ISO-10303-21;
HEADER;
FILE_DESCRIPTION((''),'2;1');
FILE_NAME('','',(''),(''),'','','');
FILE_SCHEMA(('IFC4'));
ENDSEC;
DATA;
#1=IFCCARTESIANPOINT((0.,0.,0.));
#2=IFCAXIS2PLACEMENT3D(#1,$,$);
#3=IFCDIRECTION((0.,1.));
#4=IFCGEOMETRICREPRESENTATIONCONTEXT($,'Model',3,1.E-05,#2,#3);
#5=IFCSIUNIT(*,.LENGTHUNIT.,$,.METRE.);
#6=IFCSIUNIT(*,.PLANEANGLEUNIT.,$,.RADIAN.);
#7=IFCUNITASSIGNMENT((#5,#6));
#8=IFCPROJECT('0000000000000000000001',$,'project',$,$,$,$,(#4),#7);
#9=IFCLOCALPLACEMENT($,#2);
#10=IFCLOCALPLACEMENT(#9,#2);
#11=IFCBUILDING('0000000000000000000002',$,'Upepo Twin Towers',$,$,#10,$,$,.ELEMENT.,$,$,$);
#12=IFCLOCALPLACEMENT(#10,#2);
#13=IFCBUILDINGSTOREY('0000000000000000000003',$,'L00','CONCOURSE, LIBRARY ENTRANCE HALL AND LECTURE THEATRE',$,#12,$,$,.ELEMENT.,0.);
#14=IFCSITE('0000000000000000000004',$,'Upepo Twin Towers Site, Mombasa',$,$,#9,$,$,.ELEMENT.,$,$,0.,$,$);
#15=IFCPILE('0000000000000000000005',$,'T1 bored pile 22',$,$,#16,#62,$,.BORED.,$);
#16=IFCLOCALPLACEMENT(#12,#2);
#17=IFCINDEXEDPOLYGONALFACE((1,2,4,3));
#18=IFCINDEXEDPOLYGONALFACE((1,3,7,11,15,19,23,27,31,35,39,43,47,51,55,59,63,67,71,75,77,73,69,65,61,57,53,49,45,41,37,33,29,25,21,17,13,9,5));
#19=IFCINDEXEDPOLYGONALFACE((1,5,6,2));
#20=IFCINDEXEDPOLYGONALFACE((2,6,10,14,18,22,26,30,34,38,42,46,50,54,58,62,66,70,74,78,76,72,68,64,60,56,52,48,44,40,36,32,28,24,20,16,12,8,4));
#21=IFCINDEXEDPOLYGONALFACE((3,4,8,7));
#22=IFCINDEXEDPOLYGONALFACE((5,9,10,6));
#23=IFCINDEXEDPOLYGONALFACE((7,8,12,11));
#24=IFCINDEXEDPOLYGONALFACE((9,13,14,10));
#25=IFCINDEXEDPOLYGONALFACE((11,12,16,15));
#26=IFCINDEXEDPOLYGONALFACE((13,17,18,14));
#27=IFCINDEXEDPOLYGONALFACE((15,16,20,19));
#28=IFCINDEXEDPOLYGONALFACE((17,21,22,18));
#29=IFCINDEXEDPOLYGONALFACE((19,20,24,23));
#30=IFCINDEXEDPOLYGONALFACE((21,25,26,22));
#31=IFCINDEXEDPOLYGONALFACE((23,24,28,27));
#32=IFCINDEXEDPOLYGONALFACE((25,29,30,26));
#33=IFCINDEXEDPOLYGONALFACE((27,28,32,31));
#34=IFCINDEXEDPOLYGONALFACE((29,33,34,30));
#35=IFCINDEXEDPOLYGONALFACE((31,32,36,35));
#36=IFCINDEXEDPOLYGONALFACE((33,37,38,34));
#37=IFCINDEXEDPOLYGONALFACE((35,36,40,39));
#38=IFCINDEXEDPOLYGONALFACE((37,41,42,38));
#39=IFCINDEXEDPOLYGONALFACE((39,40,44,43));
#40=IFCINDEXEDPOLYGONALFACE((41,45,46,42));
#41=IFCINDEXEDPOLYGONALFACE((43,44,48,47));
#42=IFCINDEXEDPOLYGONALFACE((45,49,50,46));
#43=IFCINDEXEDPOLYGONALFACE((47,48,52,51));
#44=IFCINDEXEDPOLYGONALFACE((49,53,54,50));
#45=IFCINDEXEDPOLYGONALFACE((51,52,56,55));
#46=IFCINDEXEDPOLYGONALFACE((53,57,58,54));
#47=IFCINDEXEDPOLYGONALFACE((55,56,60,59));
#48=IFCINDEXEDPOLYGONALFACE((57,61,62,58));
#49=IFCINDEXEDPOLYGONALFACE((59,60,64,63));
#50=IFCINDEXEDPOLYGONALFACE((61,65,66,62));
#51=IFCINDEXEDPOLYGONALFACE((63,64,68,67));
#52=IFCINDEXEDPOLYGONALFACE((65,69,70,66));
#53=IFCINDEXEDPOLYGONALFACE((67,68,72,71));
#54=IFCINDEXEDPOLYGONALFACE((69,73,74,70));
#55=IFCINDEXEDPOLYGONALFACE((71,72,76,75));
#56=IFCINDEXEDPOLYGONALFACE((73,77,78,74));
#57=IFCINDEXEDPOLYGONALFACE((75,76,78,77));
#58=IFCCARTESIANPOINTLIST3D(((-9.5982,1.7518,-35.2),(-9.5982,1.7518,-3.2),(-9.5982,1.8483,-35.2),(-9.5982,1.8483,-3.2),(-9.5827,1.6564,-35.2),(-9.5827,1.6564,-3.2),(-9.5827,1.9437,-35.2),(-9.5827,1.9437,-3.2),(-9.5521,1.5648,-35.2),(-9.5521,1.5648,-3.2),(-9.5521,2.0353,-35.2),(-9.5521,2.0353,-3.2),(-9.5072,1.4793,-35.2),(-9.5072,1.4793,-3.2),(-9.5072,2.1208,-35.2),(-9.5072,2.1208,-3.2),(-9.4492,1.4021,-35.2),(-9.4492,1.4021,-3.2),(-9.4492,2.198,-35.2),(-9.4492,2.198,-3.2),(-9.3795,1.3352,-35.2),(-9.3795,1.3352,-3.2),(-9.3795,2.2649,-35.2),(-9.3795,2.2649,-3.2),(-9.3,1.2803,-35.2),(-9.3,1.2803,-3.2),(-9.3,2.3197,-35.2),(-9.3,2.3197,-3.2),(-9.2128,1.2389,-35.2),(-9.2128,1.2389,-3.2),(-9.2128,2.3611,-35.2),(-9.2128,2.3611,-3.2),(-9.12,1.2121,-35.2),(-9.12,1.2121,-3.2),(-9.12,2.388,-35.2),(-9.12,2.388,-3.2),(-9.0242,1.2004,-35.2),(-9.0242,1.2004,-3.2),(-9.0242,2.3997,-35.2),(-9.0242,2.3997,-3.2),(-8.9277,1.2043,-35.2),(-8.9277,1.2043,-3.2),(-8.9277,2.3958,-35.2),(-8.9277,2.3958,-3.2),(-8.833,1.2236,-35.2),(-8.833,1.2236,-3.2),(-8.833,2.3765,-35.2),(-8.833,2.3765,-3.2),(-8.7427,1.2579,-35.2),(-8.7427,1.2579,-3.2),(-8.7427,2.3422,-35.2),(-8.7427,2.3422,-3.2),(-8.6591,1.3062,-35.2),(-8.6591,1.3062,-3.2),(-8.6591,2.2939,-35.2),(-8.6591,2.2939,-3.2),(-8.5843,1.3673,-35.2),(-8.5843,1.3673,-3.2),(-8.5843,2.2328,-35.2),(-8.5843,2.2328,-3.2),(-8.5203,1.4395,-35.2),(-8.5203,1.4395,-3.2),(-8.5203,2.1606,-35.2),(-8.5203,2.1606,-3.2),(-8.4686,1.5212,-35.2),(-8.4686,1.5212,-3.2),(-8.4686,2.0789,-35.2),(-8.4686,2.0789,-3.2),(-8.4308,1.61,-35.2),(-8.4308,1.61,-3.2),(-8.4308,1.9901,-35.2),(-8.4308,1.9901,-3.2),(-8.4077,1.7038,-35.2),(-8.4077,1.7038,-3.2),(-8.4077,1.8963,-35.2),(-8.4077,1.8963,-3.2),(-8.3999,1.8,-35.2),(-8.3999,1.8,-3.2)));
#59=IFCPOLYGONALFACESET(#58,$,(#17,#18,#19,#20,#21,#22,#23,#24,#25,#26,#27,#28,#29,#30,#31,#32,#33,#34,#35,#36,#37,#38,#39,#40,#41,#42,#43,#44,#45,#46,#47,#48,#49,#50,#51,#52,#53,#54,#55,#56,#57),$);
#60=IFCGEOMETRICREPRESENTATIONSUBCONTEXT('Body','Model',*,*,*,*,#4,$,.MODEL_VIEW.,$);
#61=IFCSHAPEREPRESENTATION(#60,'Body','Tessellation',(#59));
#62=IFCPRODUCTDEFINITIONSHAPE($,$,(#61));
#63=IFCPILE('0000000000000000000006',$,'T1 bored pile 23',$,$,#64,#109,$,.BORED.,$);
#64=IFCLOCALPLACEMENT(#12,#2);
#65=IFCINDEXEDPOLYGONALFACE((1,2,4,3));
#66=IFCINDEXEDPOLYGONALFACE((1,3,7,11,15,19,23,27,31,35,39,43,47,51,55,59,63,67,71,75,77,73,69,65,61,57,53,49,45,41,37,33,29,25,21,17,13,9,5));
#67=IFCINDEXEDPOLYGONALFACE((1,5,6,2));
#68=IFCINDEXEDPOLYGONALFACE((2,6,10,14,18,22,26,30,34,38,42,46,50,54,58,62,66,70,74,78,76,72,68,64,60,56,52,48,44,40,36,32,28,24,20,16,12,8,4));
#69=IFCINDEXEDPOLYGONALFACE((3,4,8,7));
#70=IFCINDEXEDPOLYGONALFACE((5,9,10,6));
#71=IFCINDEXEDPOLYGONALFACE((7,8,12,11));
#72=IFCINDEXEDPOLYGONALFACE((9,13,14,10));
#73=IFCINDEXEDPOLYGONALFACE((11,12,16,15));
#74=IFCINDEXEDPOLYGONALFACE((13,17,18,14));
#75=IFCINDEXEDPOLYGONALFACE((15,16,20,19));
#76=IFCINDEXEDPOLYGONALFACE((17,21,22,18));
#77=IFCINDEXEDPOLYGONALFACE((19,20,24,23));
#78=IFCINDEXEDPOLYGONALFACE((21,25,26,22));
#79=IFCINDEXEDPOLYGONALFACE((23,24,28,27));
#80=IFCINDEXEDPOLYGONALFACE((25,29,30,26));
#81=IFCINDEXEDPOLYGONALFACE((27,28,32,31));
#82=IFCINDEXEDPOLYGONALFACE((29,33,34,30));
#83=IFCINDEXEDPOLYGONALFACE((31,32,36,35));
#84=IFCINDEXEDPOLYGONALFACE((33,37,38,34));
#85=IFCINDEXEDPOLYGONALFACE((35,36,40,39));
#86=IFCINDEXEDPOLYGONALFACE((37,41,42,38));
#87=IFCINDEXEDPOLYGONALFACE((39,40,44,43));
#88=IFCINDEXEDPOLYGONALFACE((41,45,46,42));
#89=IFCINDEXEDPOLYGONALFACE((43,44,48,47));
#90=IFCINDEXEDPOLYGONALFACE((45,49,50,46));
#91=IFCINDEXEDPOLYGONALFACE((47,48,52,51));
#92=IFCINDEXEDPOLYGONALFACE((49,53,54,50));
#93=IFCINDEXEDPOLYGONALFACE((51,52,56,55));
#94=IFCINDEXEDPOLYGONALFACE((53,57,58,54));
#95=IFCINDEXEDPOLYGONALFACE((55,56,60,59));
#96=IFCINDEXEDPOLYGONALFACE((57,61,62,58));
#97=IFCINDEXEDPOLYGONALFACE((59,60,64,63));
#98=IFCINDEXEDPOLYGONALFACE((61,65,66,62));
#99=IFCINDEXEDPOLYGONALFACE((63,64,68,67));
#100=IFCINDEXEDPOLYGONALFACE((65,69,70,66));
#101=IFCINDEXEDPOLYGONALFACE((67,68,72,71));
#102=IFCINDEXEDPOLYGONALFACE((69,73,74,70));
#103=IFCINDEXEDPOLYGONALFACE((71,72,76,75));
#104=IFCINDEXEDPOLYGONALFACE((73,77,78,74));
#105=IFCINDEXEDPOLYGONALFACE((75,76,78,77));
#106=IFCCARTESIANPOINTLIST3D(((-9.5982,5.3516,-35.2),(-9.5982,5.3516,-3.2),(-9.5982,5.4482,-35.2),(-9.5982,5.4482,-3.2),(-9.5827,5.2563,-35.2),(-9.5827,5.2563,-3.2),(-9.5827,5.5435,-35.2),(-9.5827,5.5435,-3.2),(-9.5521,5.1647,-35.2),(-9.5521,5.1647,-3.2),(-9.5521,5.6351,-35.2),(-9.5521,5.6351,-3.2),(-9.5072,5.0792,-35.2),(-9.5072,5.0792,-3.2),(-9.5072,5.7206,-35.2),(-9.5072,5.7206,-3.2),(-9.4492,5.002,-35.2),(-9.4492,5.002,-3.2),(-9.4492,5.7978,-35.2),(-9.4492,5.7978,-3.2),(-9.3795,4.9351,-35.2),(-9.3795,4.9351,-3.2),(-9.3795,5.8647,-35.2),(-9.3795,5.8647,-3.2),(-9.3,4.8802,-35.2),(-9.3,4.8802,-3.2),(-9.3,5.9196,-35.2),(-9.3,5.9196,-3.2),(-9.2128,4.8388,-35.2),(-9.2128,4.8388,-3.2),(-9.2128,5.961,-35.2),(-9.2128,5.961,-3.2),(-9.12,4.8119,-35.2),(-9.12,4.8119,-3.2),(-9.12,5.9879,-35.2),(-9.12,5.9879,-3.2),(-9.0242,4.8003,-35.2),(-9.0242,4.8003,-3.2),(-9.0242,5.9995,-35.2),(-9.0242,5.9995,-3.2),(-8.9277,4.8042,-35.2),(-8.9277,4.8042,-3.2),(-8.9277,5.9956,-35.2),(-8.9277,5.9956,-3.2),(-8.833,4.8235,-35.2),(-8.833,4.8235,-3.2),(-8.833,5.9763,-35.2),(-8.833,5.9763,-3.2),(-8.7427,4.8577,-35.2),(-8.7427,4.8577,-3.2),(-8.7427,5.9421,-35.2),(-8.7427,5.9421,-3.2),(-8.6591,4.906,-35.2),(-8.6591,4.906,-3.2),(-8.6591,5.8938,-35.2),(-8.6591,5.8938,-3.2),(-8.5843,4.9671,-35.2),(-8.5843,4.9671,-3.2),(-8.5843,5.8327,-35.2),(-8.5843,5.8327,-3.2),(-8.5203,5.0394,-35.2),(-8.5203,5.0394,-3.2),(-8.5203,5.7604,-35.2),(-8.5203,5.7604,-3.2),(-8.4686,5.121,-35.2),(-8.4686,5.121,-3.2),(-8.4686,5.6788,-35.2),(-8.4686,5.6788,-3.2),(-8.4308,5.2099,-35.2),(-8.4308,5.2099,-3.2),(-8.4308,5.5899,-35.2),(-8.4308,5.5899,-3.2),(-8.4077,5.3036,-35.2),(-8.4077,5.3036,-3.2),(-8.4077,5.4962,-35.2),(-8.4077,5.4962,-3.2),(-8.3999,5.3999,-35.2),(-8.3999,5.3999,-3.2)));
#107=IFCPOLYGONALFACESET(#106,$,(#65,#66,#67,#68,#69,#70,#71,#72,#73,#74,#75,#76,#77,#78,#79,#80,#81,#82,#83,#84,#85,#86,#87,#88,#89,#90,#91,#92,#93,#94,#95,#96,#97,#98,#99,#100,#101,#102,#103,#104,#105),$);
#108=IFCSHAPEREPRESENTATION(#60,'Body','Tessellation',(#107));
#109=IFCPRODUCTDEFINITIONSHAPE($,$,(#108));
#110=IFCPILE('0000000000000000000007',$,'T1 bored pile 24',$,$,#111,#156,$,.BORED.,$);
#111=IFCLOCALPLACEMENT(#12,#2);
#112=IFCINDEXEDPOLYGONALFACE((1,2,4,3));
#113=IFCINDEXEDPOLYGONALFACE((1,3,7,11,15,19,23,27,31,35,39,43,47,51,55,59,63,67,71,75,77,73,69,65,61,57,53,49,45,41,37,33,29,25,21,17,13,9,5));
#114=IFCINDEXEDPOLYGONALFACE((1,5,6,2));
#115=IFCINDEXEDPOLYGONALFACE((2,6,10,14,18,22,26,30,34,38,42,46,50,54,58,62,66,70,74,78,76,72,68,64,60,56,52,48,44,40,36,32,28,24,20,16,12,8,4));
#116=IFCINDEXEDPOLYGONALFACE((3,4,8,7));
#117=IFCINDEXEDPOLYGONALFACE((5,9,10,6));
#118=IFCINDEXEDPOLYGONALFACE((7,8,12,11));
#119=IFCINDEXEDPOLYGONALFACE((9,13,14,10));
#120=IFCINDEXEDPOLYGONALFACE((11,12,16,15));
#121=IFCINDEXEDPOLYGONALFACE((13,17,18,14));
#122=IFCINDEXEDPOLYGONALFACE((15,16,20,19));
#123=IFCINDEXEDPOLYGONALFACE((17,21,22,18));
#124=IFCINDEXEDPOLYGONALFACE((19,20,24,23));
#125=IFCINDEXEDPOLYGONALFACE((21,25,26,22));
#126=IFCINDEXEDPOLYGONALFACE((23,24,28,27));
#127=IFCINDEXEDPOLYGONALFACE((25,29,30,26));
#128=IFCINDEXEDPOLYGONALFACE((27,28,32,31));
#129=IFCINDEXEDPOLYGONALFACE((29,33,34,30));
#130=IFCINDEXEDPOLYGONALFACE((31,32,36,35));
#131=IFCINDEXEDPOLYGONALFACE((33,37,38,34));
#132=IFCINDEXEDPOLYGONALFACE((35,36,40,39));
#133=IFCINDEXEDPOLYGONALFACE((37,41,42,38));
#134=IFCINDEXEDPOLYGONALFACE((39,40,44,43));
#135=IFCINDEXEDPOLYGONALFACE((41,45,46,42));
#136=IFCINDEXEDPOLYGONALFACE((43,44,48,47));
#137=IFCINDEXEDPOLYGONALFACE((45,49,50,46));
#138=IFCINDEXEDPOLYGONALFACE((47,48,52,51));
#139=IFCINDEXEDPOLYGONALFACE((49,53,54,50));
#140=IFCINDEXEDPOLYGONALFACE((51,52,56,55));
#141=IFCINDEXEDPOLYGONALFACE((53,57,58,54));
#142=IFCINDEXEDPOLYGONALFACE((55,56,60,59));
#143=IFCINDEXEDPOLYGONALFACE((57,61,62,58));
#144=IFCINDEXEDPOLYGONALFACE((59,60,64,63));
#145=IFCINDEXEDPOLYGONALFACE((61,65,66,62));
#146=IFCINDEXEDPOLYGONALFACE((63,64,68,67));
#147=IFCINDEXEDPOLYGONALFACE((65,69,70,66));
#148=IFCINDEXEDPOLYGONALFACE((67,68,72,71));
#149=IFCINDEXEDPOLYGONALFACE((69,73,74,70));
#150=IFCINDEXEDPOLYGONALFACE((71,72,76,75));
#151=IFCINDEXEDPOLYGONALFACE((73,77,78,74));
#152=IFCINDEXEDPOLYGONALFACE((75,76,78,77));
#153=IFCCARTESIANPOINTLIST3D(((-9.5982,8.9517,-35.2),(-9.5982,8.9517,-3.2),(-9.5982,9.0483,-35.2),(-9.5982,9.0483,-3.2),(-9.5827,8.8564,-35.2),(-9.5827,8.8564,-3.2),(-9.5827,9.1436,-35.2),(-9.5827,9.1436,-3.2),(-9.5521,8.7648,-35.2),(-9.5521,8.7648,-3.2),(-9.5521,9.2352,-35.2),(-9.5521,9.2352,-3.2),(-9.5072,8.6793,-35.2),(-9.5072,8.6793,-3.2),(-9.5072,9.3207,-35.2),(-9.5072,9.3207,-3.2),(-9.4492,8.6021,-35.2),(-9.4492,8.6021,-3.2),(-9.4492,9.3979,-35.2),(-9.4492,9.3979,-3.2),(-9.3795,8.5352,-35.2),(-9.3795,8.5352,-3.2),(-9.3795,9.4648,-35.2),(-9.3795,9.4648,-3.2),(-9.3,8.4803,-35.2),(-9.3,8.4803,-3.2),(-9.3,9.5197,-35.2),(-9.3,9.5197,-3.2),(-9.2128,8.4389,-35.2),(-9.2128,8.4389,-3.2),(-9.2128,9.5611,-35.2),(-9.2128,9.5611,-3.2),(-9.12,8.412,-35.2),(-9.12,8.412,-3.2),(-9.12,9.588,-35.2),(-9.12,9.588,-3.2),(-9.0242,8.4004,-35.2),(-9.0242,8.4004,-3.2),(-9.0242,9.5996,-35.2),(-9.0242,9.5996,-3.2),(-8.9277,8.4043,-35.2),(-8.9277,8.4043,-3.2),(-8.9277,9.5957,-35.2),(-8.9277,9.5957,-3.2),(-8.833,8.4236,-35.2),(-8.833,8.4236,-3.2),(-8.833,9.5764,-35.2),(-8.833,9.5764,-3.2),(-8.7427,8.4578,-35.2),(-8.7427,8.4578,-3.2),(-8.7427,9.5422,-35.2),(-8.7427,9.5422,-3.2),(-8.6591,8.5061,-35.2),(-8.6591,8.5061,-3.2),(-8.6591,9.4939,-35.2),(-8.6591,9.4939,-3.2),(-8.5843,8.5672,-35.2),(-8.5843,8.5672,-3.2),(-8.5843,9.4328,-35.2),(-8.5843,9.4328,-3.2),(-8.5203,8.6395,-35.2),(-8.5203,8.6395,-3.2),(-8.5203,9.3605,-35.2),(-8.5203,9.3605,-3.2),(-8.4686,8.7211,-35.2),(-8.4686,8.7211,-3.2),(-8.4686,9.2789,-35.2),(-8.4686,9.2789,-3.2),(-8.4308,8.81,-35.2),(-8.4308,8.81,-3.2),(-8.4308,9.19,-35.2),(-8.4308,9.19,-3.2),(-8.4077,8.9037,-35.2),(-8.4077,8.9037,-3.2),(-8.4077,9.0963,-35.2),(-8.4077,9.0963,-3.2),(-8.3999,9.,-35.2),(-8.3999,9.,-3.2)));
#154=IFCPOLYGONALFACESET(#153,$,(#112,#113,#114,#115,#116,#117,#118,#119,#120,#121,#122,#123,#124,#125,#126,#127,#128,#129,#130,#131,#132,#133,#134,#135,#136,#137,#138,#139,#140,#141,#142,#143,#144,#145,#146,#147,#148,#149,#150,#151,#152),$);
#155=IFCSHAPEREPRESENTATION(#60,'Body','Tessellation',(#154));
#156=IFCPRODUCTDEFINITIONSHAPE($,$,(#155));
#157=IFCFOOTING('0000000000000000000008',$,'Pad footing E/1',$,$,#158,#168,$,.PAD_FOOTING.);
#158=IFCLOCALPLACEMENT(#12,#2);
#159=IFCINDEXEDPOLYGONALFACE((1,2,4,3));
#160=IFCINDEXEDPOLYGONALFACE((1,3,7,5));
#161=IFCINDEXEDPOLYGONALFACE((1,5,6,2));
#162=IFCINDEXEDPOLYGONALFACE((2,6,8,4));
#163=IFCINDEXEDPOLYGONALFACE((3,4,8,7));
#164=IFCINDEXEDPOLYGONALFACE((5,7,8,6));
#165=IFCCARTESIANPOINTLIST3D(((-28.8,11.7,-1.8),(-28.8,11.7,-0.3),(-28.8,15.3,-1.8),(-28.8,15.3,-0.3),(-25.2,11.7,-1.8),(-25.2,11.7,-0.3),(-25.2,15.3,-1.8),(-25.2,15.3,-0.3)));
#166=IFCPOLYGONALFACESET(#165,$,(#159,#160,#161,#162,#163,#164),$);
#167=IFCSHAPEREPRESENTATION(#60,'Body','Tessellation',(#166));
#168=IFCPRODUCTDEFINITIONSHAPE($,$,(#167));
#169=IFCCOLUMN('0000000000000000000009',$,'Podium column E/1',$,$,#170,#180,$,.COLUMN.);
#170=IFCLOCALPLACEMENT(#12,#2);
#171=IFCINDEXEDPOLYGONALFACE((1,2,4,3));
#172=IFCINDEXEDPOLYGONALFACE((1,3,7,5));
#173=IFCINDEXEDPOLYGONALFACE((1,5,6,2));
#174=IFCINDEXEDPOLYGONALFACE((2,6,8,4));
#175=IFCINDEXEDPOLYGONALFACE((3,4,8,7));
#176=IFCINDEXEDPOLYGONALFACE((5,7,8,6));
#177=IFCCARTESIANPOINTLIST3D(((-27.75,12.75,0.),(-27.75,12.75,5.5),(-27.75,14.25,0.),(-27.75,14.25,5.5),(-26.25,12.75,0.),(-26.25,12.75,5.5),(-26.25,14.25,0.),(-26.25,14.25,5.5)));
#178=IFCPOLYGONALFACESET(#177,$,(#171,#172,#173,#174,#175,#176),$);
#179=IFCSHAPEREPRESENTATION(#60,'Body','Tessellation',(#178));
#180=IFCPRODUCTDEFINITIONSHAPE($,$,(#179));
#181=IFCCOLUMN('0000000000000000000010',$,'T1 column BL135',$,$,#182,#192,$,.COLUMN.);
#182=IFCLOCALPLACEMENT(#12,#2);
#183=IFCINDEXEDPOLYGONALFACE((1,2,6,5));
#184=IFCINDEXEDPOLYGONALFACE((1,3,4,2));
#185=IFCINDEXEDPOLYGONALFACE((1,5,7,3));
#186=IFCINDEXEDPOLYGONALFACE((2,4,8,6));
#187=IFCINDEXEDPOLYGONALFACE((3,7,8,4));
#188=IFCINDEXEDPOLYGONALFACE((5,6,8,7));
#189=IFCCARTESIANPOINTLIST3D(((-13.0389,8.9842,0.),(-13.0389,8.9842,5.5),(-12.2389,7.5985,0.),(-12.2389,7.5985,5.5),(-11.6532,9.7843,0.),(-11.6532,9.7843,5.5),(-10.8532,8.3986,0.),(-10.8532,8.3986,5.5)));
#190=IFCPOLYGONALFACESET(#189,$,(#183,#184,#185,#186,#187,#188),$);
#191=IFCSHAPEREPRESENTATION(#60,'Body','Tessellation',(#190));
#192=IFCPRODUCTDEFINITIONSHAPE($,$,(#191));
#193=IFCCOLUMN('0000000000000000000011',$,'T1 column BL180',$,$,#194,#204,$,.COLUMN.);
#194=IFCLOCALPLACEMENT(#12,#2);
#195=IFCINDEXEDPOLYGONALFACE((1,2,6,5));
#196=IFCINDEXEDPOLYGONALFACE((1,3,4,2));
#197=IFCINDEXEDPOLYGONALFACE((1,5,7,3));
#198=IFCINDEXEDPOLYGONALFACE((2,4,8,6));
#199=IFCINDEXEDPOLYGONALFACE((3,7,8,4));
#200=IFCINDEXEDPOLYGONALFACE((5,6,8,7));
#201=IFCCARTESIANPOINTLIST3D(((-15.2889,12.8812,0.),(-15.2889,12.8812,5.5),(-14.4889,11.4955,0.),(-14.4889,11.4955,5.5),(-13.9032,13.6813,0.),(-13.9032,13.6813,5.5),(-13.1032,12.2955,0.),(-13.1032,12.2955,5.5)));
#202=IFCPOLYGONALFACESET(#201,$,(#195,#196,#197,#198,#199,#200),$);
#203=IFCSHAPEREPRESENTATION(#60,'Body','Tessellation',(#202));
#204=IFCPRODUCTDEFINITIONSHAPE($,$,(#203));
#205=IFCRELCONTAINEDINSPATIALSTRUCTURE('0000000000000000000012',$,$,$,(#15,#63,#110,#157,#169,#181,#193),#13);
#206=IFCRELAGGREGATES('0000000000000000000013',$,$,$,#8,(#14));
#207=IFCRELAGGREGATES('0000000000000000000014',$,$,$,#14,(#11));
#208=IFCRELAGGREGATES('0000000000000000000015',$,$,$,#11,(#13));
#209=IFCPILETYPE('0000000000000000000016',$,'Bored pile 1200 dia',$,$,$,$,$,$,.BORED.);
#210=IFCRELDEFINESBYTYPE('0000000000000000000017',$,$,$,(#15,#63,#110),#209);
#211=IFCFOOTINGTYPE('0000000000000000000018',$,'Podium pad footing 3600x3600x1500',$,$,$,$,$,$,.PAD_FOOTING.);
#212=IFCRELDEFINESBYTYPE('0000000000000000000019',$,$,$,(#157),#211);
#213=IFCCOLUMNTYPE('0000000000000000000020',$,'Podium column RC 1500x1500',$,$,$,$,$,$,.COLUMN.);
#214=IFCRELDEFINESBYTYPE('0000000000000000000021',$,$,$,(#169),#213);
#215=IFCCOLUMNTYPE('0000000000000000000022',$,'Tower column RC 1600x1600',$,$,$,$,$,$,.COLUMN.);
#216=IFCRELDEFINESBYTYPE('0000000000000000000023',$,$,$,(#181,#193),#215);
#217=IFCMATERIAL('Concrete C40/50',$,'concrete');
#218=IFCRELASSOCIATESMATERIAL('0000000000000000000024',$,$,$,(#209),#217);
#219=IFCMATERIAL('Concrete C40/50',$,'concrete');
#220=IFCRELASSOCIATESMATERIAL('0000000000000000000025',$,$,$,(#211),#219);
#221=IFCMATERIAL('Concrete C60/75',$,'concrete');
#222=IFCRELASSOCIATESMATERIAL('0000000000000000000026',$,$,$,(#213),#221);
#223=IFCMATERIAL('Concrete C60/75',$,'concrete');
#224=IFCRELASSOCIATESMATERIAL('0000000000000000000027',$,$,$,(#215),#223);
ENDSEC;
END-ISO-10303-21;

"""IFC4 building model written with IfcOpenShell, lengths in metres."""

from ifc_helpers import new_model, si_unit, direction, frame, origin, origin_2d, place, context, subcontext, project, spatial, rectangle, circle, extrude, material, material_profile, profile_set, type_object, element, save


model = new_model("IFC4")

# Units and contexts
model_context = context("Model", 3, precision=1e-05, world=origin(), true_north=direction((0.0, 1.0)))
body_context = subcontext(model_context, "Body", "Model", "MODEL_VIEW")
ifc_project = project(units=[si_unit("LENGTHUNIT", "METRE"), si_unit("PLANEANGLEUNIT", "RADIAN")], contexts=[model_context])

# Site, building, storey
site_placement = place(None, origin())
site = spatial("IfcSite", under=ifc_project, at=site_placement, Name="Upepo Twin Towers Site, Mombasa", CompositionType="ELEMENT", RefElevation=0.0)
building_placement = place(site_placement, origin())
building = spatial("IfcBuilding", under=site, at=building_placement, Name="Upepo Twin Towers", CompositionType="ELEMENT")
storey_placement = place(building_placement, origin())
storey = spatial("IfcBuildingStorey", under=building, at=storey_placement, Name="L00", Description="CONCOURSE, LIBRARY ENTRANCE HALL AND LECTURE THEATRE", CompositionType="ELEMENT", Elevation=0.0)

# Piles
ifc_material_1 = material(Name="Concrete C40/50", Category="concrete")
pile_type = type_object("IfcPileType", Name="Bored pile 1200 dia", PredefinedType="BORED", material=ifc_material_1)
for number, where, z_axis, x_axis, name in (
    (1, (-9.0, 1.8, -3.2), (0.0, 0.0, -1.0), (1.0, 0.0, 0.0), "T1 bored pile 22"),
    (2, (-9.0, 5.3999, -3.2), (0.0, 0.0, -1.0), (1.0, 0.0, 0.0), "T1 bored pile 23"),
    (3, (-9.0, 9.0, -3.2), (0.0, 0.0, -1.0), (1.0, 0.0, 0.0), "T1 bored pile 24"),
):
    element("IfcPile", number, at=place(storey_placement, frame(where, z_axis=z_axis, x_axis=x_axis)), inside=storey, type_object=pile_type, Name=name, PredefinedType="BORED", context=body_context, shape_type="SweptSolid", body=[
        extrude(circle(Radius=0.6001, at=origin_2d()), origin(), (0.0, 0.0, 1.0), 32.0),
    ])

# Footing
ifc_material_2 = material(Name="Concrete C40/50", Category="concrete")
footing_type = type_object("IfcFootingType", Name="Podium pad footing 3600x3600x1500", PredefinedType="PAD_FOOTING", material=ifc_material_2)
footing_placement = place(storey_placement, frame((-27.0, 13.5, -1.8), z_axis=(0.0, 0.0, 1.0), x_axis=(1.0, 0.0, 0.0)))
element("IfcFooting", 4, at=footing_placement, inside=storey, type_object=footing_type, Name="Pad footing E/1", PredefinedType="PAD_FOOTING", context=body_context, shape_type="SweptSolid", body=[
    extrude(rectangle(XDim=3.6001, YDim=3.6001, at=origin_2d()), origin(), (0.0, 0.0, 1.0), 1.5),
])

# Columns
ifc_material_3 = material(Name="Concrete C60/75", Category="concrete")
ifc_material_profile_1 = material_profile(ifc_material_3, rectangle(XDim=1.5, YDim=1.5, at=origin_2d()), Name="RC 1500x1500")
ifc_profile_set_1 = profile_set([ifc_material_profile_1], Name="Concrete C60/75")
column_type_1 = type_object("IfcColumnType", Name="Podium column RC 1500x1500", PredefinedType="COLUMN", material=ifc_profile_set_1)
column_placement = place(storey_placement, frame((-27.0, 13.5, 0.0), z_axis=(0.0, 0.0, 1.0), x_axis=(1.0, 0.0, 0.0)))
element("IfcColumn", 5, at=column_placement, inside=storey, type_object=column_type_1, Name="Podium column E/1", PredefinedType="COLUMN", context=body_context, shape_type="SweptSolid", body=[
    extrude(rectangle(XDim=1.5, YDim=1.5, at=origin_2d()), origin(), (0.0, 0.0, 1.0), 5.5),
])
ifc_material_4 = material(Name="Concrete C60/75", Category="concrete")
ifc_material_profile_2 = material_profile(ifc_material_4, rectangle(XDim=1.6001, YDim=1.6001, at=origin_2d()), Name="RC 1600x1600")
ifc_profile_set_2 = profile_set([ifc_material_profile_2], Name="Concrete C60/75")
column_type_2 = type_object("IfcColumnType", Name="Tower column RC 1600x1600", PredefinedType="COLUMN", material=ifc_profile_set_2)
for number, where, z_axis, x_axis, name in (
    (6, (-11.946, 8.6914, 0.0), (0.0, 0.0, 1.0), (0.866025, 0.5, 0.0), "T1 column BL135"),
    (7, (-14.196, 12.5884, 0.0), (0.0, 0.0, 1.0), (0.866025, 0.5, 0.0), "T1 column BL180"),
):
    element("IfcColumn", number, at=place(storey_placement, frame(where, z_axis=z_axis, x_axis=x_axis)), inside=storey, type_object=column_type_2, Name=name, PredefinedType="COLUMN", context=body_context, shape_type="SweptSolid", body=[
        extrude(rectangle(XDim=1.6001, YDim=1.6001, at=origin_2d()), origin(), (0.0, 0.0, 1.0), 5.5),
    ])

save(model, "model.ifc")
